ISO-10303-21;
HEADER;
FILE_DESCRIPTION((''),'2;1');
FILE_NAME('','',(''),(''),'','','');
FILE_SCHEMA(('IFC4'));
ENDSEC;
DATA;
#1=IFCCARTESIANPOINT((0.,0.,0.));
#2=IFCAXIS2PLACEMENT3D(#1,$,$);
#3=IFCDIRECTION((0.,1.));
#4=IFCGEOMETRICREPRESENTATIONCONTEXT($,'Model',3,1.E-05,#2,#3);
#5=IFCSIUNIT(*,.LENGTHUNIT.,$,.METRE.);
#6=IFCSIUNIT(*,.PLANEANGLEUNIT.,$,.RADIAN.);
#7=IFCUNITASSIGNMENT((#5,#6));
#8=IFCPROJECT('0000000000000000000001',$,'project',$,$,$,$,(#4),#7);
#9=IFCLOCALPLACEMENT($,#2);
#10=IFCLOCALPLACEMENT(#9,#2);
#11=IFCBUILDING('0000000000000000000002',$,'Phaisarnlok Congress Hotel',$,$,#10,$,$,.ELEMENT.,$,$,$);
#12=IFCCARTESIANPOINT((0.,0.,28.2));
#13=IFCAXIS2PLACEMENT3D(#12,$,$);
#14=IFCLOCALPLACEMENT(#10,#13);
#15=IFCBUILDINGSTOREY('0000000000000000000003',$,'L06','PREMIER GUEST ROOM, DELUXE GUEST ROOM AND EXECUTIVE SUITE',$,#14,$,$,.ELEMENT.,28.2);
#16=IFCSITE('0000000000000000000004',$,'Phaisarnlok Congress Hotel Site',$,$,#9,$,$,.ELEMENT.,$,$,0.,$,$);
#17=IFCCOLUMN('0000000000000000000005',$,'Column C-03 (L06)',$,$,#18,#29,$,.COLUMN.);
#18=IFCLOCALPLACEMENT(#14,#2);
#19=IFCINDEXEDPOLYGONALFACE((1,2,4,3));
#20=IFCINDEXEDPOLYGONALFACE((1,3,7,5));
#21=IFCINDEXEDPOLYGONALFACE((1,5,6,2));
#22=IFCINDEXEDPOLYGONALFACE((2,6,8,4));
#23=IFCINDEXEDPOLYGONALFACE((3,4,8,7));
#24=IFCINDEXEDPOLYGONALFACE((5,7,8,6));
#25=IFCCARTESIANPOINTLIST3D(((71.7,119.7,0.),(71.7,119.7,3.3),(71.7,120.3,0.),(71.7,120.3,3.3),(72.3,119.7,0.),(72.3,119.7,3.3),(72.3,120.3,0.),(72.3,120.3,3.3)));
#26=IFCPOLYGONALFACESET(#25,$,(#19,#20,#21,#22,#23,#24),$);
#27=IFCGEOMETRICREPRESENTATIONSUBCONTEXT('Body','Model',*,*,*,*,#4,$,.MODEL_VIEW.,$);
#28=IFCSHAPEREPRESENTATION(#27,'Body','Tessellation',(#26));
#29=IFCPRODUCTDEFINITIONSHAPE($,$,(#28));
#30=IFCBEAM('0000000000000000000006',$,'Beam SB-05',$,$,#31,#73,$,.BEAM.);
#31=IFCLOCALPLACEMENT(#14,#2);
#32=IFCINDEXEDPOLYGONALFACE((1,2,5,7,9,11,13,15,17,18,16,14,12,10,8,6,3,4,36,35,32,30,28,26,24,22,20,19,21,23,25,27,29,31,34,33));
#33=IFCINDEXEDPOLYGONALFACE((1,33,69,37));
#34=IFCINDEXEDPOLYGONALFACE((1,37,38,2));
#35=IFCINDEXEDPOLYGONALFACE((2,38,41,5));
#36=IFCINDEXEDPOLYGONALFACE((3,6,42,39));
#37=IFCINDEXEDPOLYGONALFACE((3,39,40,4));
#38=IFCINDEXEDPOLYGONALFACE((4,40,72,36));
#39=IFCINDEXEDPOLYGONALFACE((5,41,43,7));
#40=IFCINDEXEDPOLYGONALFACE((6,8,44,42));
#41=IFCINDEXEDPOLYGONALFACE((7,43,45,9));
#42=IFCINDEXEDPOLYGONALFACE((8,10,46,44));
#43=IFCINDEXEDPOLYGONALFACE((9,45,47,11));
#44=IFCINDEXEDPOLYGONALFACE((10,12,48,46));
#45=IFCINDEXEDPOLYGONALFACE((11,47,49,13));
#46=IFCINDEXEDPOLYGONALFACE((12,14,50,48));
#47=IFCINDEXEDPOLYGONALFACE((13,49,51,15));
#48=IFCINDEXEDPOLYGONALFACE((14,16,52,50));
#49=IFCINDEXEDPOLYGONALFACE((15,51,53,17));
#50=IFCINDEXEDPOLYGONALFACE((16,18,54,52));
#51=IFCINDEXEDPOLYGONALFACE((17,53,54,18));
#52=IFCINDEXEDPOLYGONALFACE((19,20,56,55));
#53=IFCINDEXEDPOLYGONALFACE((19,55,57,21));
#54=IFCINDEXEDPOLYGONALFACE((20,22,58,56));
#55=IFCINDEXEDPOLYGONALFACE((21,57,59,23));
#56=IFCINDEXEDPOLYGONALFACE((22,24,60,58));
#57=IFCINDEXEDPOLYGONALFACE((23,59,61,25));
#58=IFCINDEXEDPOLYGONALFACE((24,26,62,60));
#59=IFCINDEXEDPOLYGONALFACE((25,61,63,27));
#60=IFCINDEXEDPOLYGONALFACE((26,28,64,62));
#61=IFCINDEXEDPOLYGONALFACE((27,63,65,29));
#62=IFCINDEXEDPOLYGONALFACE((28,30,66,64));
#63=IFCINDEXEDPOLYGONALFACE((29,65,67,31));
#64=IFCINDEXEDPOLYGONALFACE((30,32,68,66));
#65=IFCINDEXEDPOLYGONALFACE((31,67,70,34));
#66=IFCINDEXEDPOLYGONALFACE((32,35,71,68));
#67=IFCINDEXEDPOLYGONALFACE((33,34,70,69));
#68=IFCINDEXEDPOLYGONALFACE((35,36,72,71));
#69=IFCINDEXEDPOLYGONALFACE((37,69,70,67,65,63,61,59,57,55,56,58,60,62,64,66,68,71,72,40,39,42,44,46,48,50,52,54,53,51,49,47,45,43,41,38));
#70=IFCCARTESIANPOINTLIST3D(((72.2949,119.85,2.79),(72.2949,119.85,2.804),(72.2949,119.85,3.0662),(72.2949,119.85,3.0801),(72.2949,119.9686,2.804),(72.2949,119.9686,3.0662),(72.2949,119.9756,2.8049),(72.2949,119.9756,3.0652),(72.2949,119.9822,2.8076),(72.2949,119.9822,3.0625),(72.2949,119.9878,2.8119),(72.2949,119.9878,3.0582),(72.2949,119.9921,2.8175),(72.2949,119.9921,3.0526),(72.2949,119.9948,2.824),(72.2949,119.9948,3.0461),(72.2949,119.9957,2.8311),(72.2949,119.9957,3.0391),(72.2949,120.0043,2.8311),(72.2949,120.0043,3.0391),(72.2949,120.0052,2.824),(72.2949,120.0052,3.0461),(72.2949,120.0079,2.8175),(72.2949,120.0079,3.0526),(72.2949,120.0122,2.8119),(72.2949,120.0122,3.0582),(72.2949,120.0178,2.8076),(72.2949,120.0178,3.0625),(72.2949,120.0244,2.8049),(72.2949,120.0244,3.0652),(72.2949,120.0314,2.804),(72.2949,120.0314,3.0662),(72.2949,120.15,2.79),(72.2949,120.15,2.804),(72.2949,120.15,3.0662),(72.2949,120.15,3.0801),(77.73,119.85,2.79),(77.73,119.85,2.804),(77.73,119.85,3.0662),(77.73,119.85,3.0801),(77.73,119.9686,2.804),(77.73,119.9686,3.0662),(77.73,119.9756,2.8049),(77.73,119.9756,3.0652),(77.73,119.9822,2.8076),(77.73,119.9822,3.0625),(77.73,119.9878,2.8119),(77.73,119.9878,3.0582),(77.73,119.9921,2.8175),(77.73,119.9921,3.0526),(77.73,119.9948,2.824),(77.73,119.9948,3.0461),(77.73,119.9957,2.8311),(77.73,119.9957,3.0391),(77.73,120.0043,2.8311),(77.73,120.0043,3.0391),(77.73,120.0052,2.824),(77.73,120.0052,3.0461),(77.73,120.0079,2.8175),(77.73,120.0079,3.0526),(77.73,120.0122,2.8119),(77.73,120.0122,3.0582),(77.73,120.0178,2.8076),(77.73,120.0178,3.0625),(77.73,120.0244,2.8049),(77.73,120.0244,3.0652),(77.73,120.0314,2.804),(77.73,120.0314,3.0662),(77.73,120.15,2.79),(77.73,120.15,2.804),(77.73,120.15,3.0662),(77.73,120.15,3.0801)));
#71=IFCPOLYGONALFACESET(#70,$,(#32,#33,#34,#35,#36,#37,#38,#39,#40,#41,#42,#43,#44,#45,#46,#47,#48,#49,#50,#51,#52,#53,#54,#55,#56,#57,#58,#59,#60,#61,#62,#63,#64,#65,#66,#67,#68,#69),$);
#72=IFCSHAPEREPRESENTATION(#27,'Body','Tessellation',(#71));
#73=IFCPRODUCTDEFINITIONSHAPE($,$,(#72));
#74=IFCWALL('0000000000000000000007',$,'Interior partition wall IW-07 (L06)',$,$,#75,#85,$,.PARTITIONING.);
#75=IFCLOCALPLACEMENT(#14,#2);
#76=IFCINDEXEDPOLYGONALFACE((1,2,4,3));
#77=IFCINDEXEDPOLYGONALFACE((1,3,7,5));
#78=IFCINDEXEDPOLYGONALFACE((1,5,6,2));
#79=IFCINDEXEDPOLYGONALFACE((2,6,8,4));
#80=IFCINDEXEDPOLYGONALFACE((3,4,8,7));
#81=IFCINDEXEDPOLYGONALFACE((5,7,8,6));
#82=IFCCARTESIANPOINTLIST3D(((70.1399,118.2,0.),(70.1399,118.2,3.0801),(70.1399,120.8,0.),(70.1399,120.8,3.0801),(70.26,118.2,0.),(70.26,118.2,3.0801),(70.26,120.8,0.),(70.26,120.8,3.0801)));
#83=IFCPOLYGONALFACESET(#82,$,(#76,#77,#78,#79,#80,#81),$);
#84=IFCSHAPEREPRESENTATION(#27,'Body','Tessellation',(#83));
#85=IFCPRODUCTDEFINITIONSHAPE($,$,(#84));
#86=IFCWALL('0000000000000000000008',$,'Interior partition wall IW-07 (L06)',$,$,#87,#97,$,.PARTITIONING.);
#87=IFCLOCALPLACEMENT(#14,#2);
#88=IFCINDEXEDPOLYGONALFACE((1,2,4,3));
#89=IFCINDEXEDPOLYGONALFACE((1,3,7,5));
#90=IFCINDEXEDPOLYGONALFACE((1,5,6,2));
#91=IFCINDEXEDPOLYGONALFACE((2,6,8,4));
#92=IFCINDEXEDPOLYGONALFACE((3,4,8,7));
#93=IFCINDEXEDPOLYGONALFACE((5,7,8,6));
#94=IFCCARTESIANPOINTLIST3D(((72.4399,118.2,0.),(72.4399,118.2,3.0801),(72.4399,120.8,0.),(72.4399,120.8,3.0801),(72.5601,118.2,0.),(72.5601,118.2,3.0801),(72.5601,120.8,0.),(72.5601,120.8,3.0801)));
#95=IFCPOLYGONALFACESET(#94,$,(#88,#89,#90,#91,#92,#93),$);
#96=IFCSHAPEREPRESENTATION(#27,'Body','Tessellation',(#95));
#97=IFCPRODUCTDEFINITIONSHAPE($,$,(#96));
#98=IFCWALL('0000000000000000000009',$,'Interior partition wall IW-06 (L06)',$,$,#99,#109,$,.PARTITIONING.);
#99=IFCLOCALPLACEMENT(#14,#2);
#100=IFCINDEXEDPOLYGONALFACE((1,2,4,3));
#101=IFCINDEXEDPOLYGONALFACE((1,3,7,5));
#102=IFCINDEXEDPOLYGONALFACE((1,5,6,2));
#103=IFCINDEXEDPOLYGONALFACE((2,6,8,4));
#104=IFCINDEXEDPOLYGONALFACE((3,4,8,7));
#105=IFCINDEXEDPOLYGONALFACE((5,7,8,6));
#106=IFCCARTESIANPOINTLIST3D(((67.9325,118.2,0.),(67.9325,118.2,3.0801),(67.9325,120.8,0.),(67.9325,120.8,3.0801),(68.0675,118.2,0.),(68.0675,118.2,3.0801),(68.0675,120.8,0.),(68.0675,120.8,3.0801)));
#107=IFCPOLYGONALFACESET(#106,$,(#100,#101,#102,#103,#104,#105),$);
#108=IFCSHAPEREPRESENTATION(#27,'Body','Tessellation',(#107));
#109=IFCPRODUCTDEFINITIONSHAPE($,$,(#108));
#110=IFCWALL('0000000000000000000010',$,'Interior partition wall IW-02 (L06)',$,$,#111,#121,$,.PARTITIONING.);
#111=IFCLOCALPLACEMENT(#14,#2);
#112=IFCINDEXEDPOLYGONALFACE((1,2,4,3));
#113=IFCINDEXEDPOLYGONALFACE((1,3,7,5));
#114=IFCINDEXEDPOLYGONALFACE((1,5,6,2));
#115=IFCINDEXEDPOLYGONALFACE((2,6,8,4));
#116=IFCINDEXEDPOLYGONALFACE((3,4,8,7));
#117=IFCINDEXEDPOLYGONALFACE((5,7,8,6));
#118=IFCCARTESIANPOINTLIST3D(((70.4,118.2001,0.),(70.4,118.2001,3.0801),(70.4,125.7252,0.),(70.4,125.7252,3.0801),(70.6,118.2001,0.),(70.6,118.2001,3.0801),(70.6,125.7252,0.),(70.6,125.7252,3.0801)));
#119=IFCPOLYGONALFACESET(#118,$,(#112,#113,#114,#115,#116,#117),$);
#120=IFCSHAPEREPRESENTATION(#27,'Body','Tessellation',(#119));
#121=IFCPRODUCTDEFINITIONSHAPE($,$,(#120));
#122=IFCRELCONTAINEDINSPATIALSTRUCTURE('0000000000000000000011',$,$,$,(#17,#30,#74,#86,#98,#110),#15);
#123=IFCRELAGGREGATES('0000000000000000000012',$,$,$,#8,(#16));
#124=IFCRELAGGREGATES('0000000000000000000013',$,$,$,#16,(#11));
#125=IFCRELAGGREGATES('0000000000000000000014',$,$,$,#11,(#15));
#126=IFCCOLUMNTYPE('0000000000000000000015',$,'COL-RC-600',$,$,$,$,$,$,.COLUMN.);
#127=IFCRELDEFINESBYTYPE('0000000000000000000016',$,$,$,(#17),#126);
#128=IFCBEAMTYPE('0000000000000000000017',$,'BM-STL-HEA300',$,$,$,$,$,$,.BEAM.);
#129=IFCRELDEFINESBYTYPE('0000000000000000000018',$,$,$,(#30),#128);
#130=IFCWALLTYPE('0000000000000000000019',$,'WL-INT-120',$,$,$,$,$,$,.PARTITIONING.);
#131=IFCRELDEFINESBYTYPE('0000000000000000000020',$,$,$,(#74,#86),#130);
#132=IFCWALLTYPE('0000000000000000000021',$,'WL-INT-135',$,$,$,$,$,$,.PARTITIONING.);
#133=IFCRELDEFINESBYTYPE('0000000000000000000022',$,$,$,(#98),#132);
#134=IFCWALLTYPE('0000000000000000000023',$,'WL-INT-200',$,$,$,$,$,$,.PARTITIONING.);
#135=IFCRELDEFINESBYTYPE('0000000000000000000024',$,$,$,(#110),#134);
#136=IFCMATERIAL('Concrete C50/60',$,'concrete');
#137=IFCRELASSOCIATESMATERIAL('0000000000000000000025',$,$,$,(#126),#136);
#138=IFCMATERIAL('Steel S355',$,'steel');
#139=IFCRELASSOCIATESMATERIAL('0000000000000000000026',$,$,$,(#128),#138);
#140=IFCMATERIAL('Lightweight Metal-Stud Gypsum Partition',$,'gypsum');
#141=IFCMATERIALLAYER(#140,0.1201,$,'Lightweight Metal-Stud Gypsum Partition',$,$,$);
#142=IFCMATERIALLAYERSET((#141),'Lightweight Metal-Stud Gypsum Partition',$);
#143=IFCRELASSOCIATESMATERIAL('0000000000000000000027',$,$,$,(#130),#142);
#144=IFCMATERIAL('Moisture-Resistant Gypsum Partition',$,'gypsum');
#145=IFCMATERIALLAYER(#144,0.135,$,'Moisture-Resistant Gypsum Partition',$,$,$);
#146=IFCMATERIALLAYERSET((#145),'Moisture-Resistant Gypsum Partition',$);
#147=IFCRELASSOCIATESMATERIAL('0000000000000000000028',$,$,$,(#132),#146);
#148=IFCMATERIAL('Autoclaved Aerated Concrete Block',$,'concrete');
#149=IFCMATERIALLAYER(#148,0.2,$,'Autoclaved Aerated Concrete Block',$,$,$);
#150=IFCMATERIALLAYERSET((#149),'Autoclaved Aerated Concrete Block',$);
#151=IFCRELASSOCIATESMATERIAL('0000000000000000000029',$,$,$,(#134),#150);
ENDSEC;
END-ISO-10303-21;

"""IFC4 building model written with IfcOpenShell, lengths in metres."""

from ifc_helpers import new_model, si_unit, direction, frame, frame_2d, origin, origin_2d, place, context, subcontext, project, spatial, rectangle, i_section, extrude, material, layer, layer_set, material_profile, profile_set, type_object, element, save


model = new_model("IFC4")

# Units and contexts
model_context = context("Model", 3, precision=1e-05, world=origin(), true_north=direction((0.0, 1.0)))
body_context = subcontext(model_context, "Body", "Model", "MODEL_VIEW")
ifc_project = project(units=[si_unit("LENGTHUNIT", "METRE"), si_unit("PLANEANGLEUNIT", "RADIAN")], contexts=[model_context])

# Site, building, storey
site_placement = place(None, origin())
site = spatial("IfcSite", under=ifc_project, at=site_placement, Name="Phaisarnlok Congress Hotel Site", CompositionType="ELEMENT", RefElevation=0.0)
building_placement = place(site_placement, origin())
building = spatial("IfcBuilding", under=site, at=building_placement, Name="Phaisarnlok Congress Hotel", CompositionType="ELEMENT")
storey_placement = place(building_placement, frame((0.0, 0.0, 28.2)))
storey = spatial("IfcBuildingStorey", under=building, at=storey_placement, Name="L06", Description="PREMIER GUEST ROOM, DELUXE GUEST ROOM AND EXECUTIVE SUITE", CompositionType="ELEMENT", Elevation=28.2)

# Column
ifc_material_1 = material(Name="Concrete C50/60", Category="concrete")
ifc_material_profile_1 = material_profile(ifc_material_1, rectangle(XDim=0.6001, YDim=0.6001, at=origin_2d()), Name="RC 600x600")
ifc_profile_set_1 = profile_set([ifc_material_profile_1], Name="Concrete C50/60")
column_type = type_object("IfcColumnType", Name="COL-RC-600", PredefinedType="COLUMN", material=ifc_profile_set_1)
column_placement = place(storey_placement, frame((72.0, 120.0, 0.0), z_axis=(0.0, 0.0, 1.0), x_axis=(1.0, 0.0, 0.0)))
element("IfcColumn", 1, at=column_placement, inside=storey, type_object=column_type, Name="Column C-03 (L06)", PredefinedType="COLUMN", context=body_context, shape_type="SweptSolid", body=[
    extrude(rectangle(XDim=0.6001, YDim=0.6001, at=origin_2d()), origin(), (0.0, 0.0, 1.0), 3.3),
])

# Beam
ifc_material_2 = material(Name="Steel S355", Category="steel")
ifc_material_profile_2 = material_profile(ifc_material_2, i_section(OverallWidth=0.3, OverallDepth=0.29, WebThickness=0.0085, FlangeThickness=0.0139, FilletRadius=0.0271, at=origin_2d()), Name="HEA 300")
ifc_profile_set_2 = profile_set([ifc_material_profile_2], Name="Steel S355")
beam_type = type_object("IfcBeamType", Name="BM-STL-HEA300", PredefinedType="BEAM", material=ifc_profile_set_2)
beam_placement = place(storey_placement, frame((72.2949, 120.0, 2.9351), z_axis=(1.0, 0.0, 0.0), x_axis=(0.0, 1.0, 0.0)))
element("IfcBeam", 2, at=beam_placement, inside=storey, type_object=beam_type, Name="Beam SB-05", PredefinedType="BEAM", context=body_context, shape_type="SweptSolid", body=[
    extrude(i_section(OverallWidth=0.3, OverallDepth=0.29, WebThickness=0.0085, FlangeThickness=0.0139, FilletRadius=0.0271, at=origin_2d()), origin(), (0.0, 0.0, 1.0), 5.4351),
])

# Walls
ifc_material_3 = material(Name="Lightweight Metal-Stud Gypsum Partition", Category="gypsum")
ifc_layer_1 = layer(ifc_material_3, 0.1201, Name="Lightweight Metal-Stud Gypsum Partition")
ifc_layer_set_1 = layer_set([ifc_layer_1], Name="Lightweight Metal-Stud Gypsum Partition")
wall_type_1 = type_object("IfcWallType", Name="WL-INT-120", PredefinedType="PARTITIONING", material=ifc_layer_set_1)
for number, where, z_axis, x_axis, name in (
    (3, (70.2, 118.2, 0.0), (0.0, 0.0, 1.0), (0.0, 1.0, 0.0), "Interior partition wall IW-07 (L06)"),
    (4, (72.5, 118.2, 0.0), (0.0, 0.0, 1.0), (0.0, 1.0, 0.0), "Interior partition wall IW-07 (L06)"),
):
    element("IfcWall", number, at=place(storey_placement, frame(where, z_axis=z_axis, x_axis=x_axis)), inside=storey, type_object=wall_type_1, Name=name, PredefinedType="PARTITIONING", context=body_context, shape_type="SweptSolid", body=[
        extrude(rectangle(XDim=2.6001, YDim=0.1201, at=frame_2d((1.3, 0.0))), origin(), (0.0, 0.0, 1.0), 3.0801),
    ])
ifc_material_4 = material(Name="Moisture-Resistant Gypsum Partition", Category="gypsum")
ifc_layer_2 = layer(ifc_material_4, 0.135, Name="Moisture-Resistant Gypsum Partition")
ifc_layer_set_2 = layer_set([ifc_layer_2], Name="Moisture-Resistant Gypsum Partition")
wall_type_2 = type_object("IfcWallType", Name="WL-INT-135", PredefinedType="PARTITIONING", material=ifc_layer_set_2)
wall_1_placement = place(storey_placement, frame((68.0, 118.2, 0.0), z_axis=(0.0, 0.0, 1.0), x_axis=(0.0, 1.0, 0.0)))
element("IfcWall", 5, at=wall_1_placement, inside=storey, type_object=wall_type_2, Name="Interior partition wall IW-06 (L06)", PredefinedType="PARTITIONING", context=body_context, shape_type="SweptSolid", body=[
    extrude(rectangle(XDim=2.6001, YDim=0.135, at=frame_2d((1.3, 0.0))), origin(), (0.0, 0.0, 1.0), 3.0801),
])
ifc_material_5 = material(Name="Autoclaved Aerated Concrete Block", Category="concrete")
ifc_layer_3 = layer(ifc_material_5, 0.2, Name="Autoclaved Aerated Concrete Block")
ifc_layer_set_3 = layer_set([ifc_layer_3], Name="Autoclaved Aerated Concrete Block")
wall_type_3 = type_object("IfcWallType", Name="WL-INT-200", PredefinedType="PARTITIONING", material=ifc_layer_set_3)
wall_2_placement = place(storey_placement, frame((70.5, 118.2, 0.0), z_axis=(0.0, 0.0, 1.0), x_axis=(0.0, 1.0, 0.0)))
element("IfcWall", 6, at=wall_2_placement, inside=storey, type_object=wall_type_3, Name="Interior partition wall IW-02 (L06)", PredefinedType="PARTITIONING", context=body_context, shape_type="SweptSolid", body=[
    extrude(rectangle(XDim=7.5251, YDim=0.2, at=frame_2d((3.7627, 0.0))), origin(), (0.0, 0.0, 1.0), 3.0801),
])

save(model, "model.ifc")
